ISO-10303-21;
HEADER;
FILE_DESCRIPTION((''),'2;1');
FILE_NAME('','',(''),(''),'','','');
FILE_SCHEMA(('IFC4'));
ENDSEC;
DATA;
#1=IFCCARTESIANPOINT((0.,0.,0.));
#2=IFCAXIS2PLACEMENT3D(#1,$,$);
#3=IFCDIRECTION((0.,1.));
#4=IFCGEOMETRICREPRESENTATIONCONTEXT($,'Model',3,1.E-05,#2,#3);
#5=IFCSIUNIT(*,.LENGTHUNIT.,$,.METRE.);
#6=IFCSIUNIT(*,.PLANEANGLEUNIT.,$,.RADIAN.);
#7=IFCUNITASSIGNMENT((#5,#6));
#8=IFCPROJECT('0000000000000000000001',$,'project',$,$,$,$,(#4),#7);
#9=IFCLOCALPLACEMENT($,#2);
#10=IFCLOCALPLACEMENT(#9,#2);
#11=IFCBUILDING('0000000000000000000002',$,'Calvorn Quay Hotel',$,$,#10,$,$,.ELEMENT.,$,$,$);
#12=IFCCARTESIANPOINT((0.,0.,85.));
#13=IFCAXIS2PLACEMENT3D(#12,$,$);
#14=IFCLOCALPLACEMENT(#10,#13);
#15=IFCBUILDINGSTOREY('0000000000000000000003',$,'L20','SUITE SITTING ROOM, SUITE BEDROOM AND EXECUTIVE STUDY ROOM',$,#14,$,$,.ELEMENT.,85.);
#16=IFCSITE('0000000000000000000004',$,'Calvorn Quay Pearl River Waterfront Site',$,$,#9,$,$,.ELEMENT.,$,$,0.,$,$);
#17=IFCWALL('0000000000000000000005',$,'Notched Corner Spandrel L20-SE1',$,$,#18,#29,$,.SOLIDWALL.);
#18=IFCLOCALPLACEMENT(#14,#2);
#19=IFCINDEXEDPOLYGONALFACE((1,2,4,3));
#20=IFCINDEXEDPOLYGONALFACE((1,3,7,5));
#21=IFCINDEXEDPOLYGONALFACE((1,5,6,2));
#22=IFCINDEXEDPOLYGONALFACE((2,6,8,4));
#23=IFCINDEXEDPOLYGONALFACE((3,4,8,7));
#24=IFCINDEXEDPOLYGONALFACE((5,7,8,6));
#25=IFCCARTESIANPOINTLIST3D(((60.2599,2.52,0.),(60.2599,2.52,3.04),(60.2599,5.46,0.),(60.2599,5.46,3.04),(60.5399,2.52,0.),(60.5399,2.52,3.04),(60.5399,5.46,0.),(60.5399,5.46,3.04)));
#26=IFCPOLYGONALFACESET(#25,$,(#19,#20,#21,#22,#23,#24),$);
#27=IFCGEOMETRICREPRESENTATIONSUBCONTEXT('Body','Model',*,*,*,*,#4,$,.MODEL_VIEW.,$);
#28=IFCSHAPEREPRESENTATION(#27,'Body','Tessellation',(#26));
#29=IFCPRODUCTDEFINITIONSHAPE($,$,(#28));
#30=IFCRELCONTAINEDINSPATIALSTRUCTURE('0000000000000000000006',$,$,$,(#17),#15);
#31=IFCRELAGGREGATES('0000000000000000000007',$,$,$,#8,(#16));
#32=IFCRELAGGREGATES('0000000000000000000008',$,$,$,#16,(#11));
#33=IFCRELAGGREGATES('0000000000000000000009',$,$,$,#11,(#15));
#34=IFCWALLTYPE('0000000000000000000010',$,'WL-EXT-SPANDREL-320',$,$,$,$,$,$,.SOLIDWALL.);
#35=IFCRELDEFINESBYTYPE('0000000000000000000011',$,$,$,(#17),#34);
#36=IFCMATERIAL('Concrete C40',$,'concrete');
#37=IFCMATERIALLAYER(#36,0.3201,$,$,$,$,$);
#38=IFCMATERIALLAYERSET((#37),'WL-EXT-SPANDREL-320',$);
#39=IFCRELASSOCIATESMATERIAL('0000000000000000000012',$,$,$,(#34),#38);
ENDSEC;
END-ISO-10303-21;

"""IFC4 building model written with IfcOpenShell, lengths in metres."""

from ifc_helpers import new_model, si_unit, direction, frame, frame_2d, origin, place, context, subcontext, project, spatial, rectangle, extrude, material, layer, layer_set, type_object, element, save


model = new_model("IFC4")

# Units and contexts
model_context = context("Model", 3, precision=1e-05, world=origin(), true_north=direction((0.0, 1.0)))
body_context = subcontext(model_context, "Body", "Model", "MODEL_VIEW")
ifc_project = project(units=[si_unit("LENGTHUNIT", "METRE"), si_unit("PLANEANGLEUNIT", "RADIAN")], contexts=[model_context])

# Site, building, storey
site_placement = place(None, origin())
site = spatial("IfcSite", under=ifc_project, at=site_placement, Name="Calvorn Quay Pearl River Waterfront Site", CompositionType="ELEMENT", RefElevation=0.0)
building_placement = place(site_placement, origin())
building = spatial("IfcBuilding", under=site, at=building_placement, Name="Calvorn Quay Hotel", CompositionType="ELEMENT")
storey_placement = place(building_placement, frame((0.0, 0.0, 85.0)))
storey = spatial("IfcBuildingStorey", under=building, at=storey_placement, Name="L20", Description="SUITE SITTING ROOM, SUITE BEDROOM AND EXECUTIVE STUDY ROOM", CompositionType="ELEMENT", Elevation=85.0)

# Wall
ifc_material_1 = material(Name="Concrete C40", Category="concrete")
ifc_layer_1 = layer(ifc_material_1, 0.3201)
ifc_layer_set_1 = layer_set([ifc_layer_1], Name="WL-EXT-SPANDREL-320")
wall_type = type_object("IfcWallType", Name="WL-EXT-SPANDREL-320", PredefinedType="SOLIDWALL", material=ifc_layer_set_1)
wall_1_placement = place(storey_placement, frame((60.3999, 2.52, 0.0), z_axis=(0.0, 0.0, 1.0), x_axis=(0.0, 1.0, 0.0)))
element("IfcWall", 1, at=wall_1_placement, inside=storey, type_object=wall_type, Name="Notched Corner Spandrel L20-SE1", PredefinedType="SOLIDWALL", context=body_context, shape_type="SweptSolid", body=[
    extrude(rectangle(XDim=2.9399, YDim=0.28, at=frame_2d((1.47, 0.0))), origin(), (0.0, 0.0, 1.0), 3.04),
])

save(model, "model.ifc")
